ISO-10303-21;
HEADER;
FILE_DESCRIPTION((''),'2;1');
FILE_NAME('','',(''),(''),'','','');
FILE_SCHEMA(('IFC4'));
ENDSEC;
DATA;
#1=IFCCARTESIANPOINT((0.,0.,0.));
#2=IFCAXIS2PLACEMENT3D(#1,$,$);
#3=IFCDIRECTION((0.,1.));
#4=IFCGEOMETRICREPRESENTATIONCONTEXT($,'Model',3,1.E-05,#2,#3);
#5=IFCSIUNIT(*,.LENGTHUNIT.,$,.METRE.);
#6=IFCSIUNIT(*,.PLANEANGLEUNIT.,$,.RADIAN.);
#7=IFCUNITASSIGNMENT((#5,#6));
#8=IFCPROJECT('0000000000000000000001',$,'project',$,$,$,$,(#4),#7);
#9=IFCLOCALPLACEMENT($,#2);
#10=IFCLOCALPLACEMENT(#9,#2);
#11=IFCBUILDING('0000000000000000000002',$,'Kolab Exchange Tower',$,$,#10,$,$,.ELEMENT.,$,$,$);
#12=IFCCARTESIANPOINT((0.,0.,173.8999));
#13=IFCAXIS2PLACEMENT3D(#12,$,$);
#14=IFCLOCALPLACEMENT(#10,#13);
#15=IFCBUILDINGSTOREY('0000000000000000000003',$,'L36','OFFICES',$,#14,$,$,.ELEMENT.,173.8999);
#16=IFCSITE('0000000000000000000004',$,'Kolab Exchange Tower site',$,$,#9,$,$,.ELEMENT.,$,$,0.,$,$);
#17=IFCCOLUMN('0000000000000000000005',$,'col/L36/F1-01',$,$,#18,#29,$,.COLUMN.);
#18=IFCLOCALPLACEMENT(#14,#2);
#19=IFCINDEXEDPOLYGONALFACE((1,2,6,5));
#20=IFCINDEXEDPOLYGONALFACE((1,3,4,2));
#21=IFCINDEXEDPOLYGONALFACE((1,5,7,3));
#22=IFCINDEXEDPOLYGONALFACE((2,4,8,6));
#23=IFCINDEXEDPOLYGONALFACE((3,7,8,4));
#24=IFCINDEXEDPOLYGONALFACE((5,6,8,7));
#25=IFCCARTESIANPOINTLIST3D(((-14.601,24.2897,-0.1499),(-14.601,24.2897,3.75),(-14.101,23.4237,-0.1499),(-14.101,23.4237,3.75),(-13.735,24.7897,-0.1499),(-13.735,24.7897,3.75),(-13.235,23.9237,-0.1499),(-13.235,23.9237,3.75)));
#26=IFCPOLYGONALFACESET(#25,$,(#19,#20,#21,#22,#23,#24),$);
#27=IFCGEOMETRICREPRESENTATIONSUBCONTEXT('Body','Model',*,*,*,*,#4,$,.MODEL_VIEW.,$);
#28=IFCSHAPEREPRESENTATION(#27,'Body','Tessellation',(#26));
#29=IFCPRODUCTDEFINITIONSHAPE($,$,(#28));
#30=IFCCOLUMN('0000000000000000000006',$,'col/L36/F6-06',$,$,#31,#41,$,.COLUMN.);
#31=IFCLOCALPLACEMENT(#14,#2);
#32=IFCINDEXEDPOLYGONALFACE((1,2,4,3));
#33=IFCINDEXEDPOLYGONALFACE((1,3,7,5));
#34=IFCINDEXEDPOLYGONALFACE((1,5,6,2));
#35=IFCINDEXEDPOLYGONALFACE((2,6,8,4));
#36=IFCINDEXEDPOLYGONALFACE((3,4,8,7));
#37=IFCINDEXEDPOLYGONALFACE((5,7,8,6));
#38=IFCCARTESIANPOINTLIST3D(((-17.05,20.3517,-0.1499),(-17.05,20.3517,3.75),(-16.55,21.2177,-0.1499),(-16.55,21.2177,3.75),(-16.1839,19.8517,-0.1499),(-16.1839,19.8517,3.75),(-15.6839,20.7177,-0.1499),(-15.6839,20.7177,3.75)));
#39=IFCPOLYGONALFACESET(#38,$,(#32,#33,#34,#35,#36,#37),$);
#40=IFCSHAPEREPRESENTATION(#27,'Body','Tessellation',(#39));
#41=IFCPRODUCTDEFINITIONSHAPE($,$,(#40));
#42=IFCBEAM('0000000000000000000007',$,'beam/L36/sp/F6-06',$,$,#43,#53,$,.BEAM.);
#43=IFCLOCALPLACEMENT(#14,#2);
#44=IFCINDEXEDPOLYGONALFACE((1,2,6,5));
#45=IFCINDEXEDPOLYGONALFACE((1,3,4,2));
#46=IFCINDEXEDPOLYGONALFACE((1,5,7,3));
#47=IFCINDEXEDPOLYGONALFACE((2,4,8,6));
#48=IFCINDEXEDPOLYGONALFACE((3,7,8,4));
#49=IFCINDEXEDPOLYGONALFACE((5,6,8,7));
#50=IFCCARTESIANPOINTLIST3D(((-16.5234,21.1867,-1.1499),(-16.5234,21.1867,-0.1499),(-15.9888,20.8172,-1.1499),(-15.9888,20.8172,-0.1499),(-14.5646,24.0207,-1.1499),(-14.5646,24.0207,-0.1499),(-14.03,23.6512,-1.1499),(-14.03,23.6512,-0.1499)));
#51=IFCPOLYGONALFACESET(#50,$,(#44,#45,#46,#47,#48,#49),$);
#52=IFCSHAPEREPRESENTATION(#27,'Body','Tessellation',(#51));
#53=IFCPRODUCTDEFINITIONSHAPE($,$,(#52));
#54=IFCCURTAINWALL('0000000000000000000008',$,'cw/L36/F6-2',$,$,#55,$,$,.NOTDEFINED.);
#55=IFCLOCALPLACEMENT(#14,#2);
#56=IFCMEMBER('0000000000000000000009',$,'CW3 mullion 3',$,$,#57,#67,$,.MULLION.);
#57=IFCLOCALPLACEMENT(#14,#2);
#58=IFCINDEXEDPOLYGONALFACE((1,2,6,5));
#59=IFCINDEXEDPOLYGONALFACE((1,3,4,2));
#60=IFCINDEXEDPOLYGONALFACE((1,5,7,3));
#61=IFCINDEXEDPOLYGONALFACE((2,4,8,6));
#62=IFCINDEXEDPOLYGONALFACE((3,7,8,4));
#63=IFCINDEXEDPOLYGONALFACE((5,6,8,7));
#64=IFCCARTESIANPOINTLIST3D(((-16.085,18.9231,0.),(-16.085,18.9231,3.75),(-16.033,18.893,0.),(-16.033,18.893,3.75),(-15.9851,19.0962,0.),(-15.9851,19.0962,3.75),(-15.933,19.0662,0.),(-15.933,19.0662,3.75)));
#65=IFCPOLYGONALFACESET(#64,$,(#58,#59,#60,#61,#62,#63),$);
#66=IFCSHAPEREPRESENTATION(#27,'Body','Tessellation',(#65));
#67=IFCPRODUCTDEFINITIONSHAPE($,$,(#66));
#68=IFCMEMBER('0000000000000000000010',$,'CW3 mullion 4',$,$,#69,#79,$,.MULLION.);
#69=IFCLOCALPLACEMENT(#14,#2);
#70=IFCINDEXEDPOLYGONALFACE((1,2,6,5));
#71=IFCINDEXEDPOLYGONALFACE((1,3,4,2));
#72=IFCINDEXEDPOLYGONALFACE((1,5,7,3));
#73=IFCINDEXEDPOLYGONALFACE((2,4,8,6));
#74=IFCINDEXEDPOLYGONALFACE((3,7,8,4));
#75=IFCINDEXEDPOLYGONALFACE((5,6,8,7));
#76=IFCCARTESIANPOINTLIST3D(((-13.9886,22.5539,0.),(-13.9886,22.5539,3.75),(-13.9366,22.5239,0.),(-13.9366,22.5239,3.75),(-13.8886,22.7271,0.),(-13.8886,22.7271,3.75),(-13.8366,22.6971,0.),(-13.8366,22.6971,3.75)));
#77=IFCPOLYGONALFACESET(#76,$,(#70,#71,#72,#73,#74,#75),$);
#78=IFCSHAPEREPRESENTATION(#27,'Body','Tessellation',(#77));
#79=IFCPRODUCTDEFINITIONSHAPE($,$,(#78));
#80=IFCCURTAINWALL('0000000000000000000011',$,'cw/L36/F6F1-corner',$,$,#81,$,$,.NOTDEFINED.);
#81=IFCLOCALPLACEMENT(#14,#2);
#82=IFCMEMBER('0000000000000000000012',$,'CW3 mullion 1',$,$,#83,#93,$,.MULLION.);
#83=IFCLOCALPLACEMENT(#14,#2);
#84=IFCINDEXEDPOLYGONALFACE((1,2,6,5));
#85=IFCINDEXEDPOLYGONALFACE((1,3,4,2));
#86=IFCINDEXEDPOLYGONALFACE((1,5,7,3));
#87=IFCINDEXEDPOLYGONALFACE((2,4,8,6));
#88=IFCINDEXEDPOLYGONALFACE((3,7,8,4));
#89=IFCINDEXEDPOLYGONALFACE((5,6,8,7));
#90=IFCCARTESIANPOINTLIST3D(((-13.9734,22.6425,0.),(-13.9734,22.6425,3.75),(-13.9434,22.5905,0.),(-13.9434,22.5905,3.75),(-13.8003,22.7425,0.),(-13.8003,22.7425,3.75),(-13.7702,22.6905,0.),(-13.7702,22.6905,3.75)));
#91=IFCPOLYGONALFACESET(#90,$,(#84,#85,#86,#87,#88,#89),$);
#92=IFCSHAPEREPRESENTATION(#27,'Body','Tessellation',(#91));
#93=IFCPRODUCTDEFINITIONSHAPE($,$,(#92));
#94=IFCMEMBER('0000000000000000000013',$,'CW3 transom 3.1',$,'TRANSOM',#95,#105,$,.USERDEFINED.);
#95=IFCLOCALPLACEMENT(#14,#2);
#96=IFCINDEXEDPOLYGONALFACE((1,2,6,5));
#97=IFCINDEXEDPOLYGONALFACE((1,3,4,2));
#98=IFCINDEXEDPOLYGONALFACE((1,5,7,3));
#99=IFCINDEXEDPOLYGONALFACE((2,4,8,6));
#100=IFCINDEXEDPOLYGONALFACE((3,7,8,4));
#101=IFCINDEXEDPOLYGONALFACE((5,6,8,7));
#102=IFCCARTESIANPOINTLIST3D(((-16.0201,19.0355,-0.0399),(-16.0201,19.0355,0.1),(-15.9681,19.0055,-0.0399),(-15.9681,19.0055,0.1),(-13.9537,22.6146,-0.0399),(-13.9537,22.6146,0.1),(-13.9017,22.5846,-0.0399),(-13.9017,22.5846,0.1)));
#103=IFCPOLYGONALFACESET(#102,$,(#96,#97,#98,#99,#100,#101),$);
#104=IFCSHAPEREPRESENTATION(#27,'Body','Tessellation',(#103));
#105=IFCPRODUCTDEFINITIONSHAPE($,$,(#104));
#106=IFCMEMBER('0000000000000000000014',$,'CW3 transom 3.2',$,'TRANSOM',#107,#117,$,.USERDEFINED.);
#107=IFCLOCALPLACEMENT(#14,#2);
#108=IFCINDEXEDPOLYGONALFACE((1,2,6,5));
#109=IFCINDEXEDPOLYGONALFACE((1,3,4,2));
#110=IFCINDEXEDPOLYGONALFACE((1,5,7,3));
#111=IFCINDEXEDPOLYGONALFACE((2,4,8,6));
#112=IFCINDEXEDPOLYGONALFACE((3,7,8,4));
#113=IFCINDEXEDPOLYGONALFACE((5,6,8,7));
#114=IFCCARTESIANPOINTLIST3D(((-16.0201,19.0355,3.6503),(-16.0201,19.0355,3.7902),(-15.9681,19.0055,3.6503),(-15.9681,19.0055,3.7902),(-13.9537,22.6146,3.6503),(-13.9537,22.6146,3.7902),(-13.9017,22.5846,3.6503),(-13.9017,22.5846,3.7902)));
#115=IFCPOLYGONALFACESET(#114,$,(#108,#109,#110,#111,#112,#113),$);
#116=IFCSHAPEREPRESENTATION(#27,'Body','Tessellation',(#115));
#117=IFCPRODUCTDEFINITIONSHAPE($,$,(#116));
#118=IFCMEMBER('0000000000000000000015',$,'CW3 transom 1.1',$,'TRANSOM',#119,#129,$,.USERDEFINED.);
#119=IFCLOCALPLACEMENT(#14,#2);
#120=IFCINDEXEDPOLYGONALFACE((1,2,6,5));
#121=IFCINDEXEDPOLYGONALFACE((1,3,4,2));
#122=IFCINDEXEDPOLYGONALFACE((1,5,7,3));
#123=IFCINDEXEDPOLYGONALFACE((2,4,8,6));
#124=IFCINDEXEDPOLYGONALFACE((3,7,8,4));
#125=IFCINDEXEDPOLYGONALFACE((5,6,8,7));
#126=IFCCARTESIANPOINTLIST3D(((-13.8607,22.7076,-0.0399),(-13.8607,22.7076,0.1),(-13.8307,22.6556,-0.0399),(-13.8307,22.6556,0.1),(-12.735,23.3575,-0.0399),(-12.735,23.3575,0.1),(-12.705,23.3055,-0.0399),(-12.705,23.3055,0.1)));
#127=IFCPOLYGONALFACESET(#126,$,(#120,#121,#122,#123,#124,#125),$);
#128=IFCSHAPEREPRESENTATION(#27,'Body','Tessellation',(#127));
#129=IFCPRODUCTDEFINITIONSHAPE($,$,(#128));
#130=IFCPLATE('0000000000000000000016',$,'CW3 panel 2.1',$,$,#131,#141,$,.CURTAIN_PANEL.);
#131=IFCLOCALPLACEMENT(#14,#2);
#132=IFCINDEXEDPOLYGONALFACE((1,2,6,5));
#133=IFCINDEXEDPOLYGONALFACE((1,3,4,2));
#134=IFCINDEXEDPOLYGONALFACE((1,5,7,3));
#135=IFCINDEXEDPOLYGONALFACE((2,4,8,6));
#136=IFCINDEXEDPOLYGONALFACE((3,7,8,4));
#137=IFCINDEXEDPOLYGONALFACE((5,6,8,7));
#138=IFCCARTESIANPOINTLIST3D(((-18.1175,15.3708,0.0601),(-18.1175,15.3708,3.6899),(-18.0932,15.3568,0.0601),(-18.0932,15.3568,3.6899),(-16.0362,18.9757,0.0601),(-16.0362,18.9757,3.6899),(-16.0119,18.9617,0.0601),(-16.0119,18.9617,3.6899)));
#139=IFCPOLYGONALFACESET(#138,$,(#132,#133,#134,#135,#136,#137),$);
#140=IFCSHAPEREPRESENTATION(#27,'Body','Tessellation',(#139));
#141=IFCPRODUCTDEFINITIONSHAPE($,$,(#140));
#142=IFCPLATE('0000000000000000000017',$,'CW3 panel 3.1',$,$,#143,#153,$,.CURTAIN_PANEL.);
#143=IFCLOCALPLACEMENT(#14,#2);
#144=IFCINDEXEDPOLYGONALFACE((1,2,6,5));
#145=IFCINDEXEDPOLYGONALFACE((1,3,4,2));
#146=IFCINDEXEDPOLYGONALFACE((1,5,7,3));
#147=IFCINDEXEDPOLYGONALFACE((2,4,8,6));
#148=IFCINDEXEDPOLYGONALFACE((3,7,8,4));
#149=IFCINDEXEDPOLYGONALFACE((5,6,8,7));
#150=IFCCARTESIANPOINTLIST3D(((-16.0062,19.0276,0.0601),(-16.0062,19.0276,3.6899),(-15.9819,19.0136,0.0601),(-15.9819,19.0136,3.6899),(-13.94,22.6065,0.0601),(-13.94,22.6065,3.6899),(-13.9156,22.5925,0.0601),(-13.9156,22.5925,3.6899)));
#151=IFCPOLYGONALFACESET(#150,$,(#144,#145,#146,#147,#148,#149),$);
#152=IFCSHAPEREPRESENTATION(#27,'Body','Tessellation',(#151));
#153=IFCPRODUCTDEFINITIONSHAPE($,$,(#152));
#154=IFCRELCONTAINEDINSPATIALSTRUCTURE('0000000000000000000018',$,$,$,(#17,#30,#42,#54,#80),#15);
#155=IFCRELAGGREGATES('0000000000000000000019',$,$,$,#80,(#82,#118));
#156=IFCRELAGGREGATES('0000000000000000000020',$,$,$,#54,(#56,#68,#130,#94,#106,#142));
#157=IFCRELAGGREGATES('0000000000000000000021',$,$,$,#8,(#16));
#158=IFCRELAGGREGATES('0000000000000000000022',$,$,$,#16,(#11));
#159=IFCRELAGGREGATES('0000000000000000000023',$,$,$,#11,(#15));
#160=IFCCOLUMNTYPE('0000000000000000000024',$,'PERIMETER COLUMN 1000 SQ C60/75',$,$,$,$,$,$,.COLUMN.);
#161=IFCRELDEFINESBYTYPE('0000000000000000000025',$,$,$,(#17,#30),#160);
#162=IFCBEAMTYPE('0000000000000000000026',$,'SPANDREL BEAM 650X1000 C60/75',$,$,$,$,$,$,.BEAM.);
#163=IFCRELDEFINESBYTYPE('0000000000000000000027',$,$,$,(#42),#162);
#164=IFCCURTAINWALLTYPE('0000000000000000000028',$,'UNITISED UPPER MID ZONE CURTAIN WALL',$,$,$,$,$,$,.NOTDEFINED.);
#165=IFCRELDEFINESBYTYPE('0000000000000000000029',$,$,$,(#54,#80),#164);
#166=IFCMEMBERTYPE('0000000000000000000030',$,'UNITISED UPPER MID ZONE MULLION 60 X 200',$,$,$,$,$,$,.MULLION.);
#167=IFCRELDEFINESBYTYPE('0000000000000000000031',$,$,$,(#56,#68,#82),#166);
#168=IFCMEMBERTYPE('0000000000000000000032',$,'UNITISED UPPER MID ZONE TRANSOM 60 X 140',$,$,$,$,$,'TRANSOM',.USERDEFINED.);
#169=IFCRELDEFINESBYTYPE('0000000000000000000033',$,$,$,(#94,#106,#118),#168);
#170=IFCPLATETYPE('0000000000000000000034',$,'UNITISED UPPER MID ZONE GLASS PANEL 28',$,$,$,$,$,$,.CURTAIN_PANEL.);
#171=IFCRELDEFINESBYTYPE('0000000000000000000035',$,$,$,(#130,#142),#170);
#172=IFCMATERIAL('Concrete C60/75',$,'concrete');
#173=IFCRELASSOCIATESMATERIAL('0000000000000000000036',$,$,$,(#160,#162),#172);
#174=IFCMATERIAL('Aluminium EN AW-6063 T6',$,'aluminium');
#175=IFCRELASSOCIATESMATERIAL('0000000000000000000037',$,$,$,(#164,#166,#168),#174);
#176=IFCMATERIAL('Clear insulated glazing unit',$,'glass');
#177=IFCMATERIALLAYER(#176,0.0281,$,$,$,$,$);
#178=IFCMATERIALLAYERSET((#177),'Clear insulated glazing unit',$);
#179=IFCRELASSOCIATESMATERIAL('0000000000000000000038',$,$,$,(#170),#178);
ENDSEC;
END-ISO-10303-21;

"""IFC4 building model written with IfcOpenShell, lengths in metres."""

from ifc_helpers import new_model, si_unit, direction, frame, origin, origin_2d, place, context, subcontext, project, spatial, rectangle, extrude, material, layer, layer_set, material_profile, profile_set, type_object, element, aggregate, save


model = new_model("IFC4")

# Units and contexts
model_context = context("Model", 3, precision=1e-05, world=origin(), true_north=direction((0.0, 1.0)))
body_context = subcontext(model_context, "Body", "Model", "MODEL_VIEW")
ifc_project = project(units=[si_unit("LENGTHUNIT", "METRE"), si_unit("PLANEANGLEUNIT", "RADIAN")], contexts=[model_context])

# Site, building, storey
site_placement = place(None, origin())
site = spatial("IfcSite", under=ifc_project, at=site_placement, Name="Kolab Exchange Tower site", CompositionType="ELEMENT", RefElevation=0.0)
building_placement = place(site_placement, origin())
building = spatial("IfcBuilding", under=site, at=building_placement, Name="Kolab Exchange Tower", CompositionType="ELEMENT")
storey_placement = place(building_placement, frame((0.0, 0.0, 173.8999)))
storey = spatial("IfcBuildingStorey", under=building, at=storey_placement, Name="L36", Description="OFFICES", CompositionType="ELEMENT", Elevation=173.8999)

# Columns
ifc_material_1 = material(Name="Concrete C60/75", Category="concrete")
ifc_material_profile_1 = material_profile(ifc_material_1, rectangle(XDim=1.0, YDim=1.0, at=origin_2d()), Name="RC1000")
ifc_profile_set_1 = profile_set([ifc_material_profile_1], Name="Concrete C60/75")
column_type = type_object("IfcColumnType", Name="PERIMETER COLUMN 1000 SQ C60/75", PredefinedType="COLUMN", material=ifc_profile_set_1)
for number, where, z_axis, x_axis, name in (
    (1, (-13.918, 24.1067, -0.1499), (0.0, 0.0, 1.0), (0.866025, 0.5, 0.0), "col/L36/F1-01"),
    (2, (-16.3669, 20.5347, -0.1499), (0.0, 0.0, 1.0), (0.5, 0.866025, 0.0), "col/L36/F6-06"),
):
    element("IfcColumn", number, at=place(storey_placement, frame(where, z_axis=z_axis, x_axis=x_axis)), inside=storey, type_object=column_type, Name=name, PredefinedType="COLUMN", context=body_context, shape_type="SweptSolid", body=[
        extrude(rectangle(XDim=1.0, YDim=1.0, at=origin_2d()), origin(), (0.0, 0.0, 1.0), 3.8999),
    ])

# Beam
ifc_material_profile_2 = material_profile(ifc_material_1, rectangle(XDim=0.6499, YDim=1.0, at=origin_2d()), Name="RC650X1000")
ifc_profile_set_2 = profile_set([ifc_material_profile_2], Name="Concrete C60/75")
beam_type = type_object("IfcBeamType", Name="SPANDREL BEAM 650X1000 C60/75", PredefinedType="BEAM", material=ifc_profile_set_2)
beam_placement = place(storey_placement, frame((-16.2561, 21.002, -0.6499), z_axis=(0.568572, 0.822633, 0.0), x_axis=(-0.822633, 0.568572, 0.0)))
element("IfcBeam", 3, at=beam_placement, inside=storey, type_object=beam_type, Name="beam/L36/sp/F6-06", PredefinedType="BEAM", context=body_context, shape_type="SweptSolid", body=[
    extrude(rectangle(XDim=0.6499, YDim=1.0, at=origin_2d()), origin(), (0.0, 0.0, 1.0), 3.4451),
])

# Curtain wall, members
ifc_material_2 = material(Name="Aluminium EN AW-6063 T6", Category="aluminium")
curtain_wall_type = type_object("IfcCurtainWallType", Name="UNITISED UPPER MID ZONE CURTAIN WALL", PredefinedType="NOTDEFINED", material=ifc_material_2)
curtain_wall_1_placement = place(storey_placement, origin())
curtain_wall_1 = element("IfcCurtainWall", 4, at=curtain_wall_1_placement, inside=storey, type_object=curtain_wall_type, Name="cw/L36/F6-2", PredefinedType="NOTDEFINED")
ifc_material_profile_3 = material_profile(ifc_material_2, rectangle(XDim=0.0601, YDim=0.2, at=origin_2d()), Name="RECT 60X200")
ifc_profile_set_3 = profile_set([ifc_material_profile_3], Name="Aluminium EN AW-6063 T6")
member_type_1 = type_object("IfcMemberType", Name="UNITISED UPPER MID ZONE MULLION 60 X 200", PredefinedType="MULLION", material=ifc_profile_set_3)
member_1_placement = place(storey_placement, frame((-16.009, 18.9946, 0.0), z_axis=(0.0, 0.0, 1.0), x_axis=(-0.866025, 0.5, 0.0)))
member_1 = element("IfcMember", 5, at=member_1_placement, type_object=member_type_1, Name="CW3 mullion 3", PredefinedType="MULLION", context=body_context, shape_type="SweptSolid", body=[
    extrude(rectangle(XDim=0.0601, YDim=0.2, at=origin_2d()), origin(), (0.0, 0.0, 1.0), 3.75),
])
member_2_placement = place(storey_placement, frame((-13.9126, 22.6255, 0.0), z_axis=(0.0, 0.0, 1.0), x_axis=(-0.866025, 0.5, 0.0)))
member_2 = element("IfcMember", 6, at=member_2_placement, type_object=member_type_1, Name="CW3 mullion 4", PredefinedType="MULLION", context=body_context, shape_type="SweptSolid", body=[
    extrude(rectangle(XDim=0.0601, YDim=0.2, at=origin_2d()), origin(), (0.0, 0.0, 1.0), 3.75),
])

# Curtain wall, member
curtain_wall_2_placement = place(storey_placement, origin())
curtain_wall_2 = element("IfcCurtainWall", 7, at=curtain_wall_2_placement, inside=storey, type_object=curtain_wall_type, Name="cw/L36/F6F1-corner", PredefinedType="NOTDEFINED")
member_3_placement = place(storey_placement, frame((-13.8718, 22.6665, 0.0), z_axis=(0.0, 0.0, 1.0), x_axis=(-0.5, 0.866025, 0.0)))
member_3 = element("IfcMember", 8, at=member_3_placement, type_object=member_type_1, Name="CW3 mullion 1", PredefinedType="MULLION", context=body_context, shape_type="SweptSolid", body=[
    extrude(rectangle(XDim=0.0601, YDim=0.2, at=origin_2d()), origin(), (0.0, 0.0, 1.0), 3.75),
])

# Members
ifc_material_profile_4 = material_profile(ifc_material_2, rectangle(XDim=0.0601, YDim=0.1399, at=origin_2d()), Name="RECT 60X140")
ifc_profile_set_4 = profile_set([ifc_material_profile_4], Name="Aluminium EN AW-6063 T6")
member_type_2 = type_object("IfcMemberType", Name="UNITISED UPPER MID ZONE TRANSOM 60 X 140", ElementType="TRANSOM", PredefinedType="USERDEFINED", material=ifc_profile_set_4)
member_4_placement = place(storey_placement, frame((-15.9941, 19.0205, 0.03), z_axis=(0.500002, 0.866024, 0.0), x_axis=(-0.866024, 0.500002, 0.0)))
member_4 = element("IfcMember", 9, at=member_4_placement, type_object=member_type_2, Name="CW3 transom 3.1", ObjectType="TRANSOM", PredefinedType="USERDEFINED", context=body_context, shape_type="SweptSolid", body=[
    extrude(rectangle(XDim=0.0601, YDim=0.1399, at=origin_2d()), origin(), (0.0, 0.0, 1.0), 4.1328),
])
member_5_placement = place(storey_placement, frame((-15.9941, 19.0205, 3.7202), z_axis=(0.500002, 0.866024, 0.0), x_axis=(-0.866024, 0.500002, 0.0)))
member_5 = element("IfcMember", 10, at=member_5_placement, type_object=member_type_2, Name="CW3 transom 3.2", ObjectType="TRANSOM", PredefinedType="USERDEFINED", context=body_context, shape_type="SweptSolid", body=[
    extrude(rectangle(XDim=0.0601, YDim=0.1399, at=origin_2d()), origin(), (0.0, 0.0, 1.0), 4.1328),
])
member_6_placement = place(storey_placement, frame((-13.8457, 22.6816, 0.03), z_axis=(0.866039, 0.499977, 0.0), x_axis=(-0.499977, 0.866039, 0.0)))
member_6 = element("IfcMember", 11, at=member_6_placement, type_object=member_type_2, Name="CW3 transom 1.1", ObjectType="TRANSOM", PredefinedType="USERDEFINED", context=body_context, shape_type="SweptSolid", body=[
    extrude(rectangle(XDim=0.0601, YDim=0.1399, at=origin_2d()), origin(), (0.0, 0.0, 1.0), 1.2998),
])
aggregate(curtain_wall_2, [member_3, member_6])

# Plates
ifc_material_3 = material(Name="Clear insulated glazing unit", Category="glass")
ifc_layer_1 = layer(ifc_material_3, 0.0281)
ifc_layer_set_1 = layer_set([ifc_layer_1], Name="Clear insulated glazing unit")
plate_type = type_object("IfcPlateType", Name="UNITISED UPPER MID ZONE GLASS PANEL 28", PredefinedType="CURTAIN_PANEL", material=ifc_layer_set_1)
plate_1_placement = place(storey_placement, frame((-17.0647, 17.1663, 0.0601), z_axis=(0.0, 0.0, 1.0), x_axis=(0.5, 0.866025, 0.0)))
plate_1 = element("IfcPlate", 12, at=plate_1_placement, type_object=plate_type, Name="CW3 panel 2.1", PredefinedType="CURTAIN_PANEL", context=body_context, shape_type="SweptSolid", body=[
    extrude(rectangle(XDim=4.1626, YDim=0.0281, at=origin_2d()), origin(), (0.0, 0.0, 1.0), 3.6299),
])
plate_2_placement = place(storey_placement, frame((-14.9609, 20.8101, 0.0601), z_axis=(0.0, 0.0, 1.0), x_axis=(0.5, 0.866025, 0.0)))
plate_2 = element("IfcPlate", 13, at=plate_2_placement, type_object=plate_type, Name="CW3 panel 3.1", PredefinedType="CURTAIN_PANEL", context=body_context, shape_type="SweptSolid", body=[
    extrude(rectangle(XDim=4.1326, YDim=0.0281, at=origin_2d()), origin(), (0.0, 0.0, 1.0), 3.6299),
])
aggregate(curtain_wall_1, [member_1, member_2, plate_1, member_4, member_5, plate_2])

save(model, "model.ifc")
